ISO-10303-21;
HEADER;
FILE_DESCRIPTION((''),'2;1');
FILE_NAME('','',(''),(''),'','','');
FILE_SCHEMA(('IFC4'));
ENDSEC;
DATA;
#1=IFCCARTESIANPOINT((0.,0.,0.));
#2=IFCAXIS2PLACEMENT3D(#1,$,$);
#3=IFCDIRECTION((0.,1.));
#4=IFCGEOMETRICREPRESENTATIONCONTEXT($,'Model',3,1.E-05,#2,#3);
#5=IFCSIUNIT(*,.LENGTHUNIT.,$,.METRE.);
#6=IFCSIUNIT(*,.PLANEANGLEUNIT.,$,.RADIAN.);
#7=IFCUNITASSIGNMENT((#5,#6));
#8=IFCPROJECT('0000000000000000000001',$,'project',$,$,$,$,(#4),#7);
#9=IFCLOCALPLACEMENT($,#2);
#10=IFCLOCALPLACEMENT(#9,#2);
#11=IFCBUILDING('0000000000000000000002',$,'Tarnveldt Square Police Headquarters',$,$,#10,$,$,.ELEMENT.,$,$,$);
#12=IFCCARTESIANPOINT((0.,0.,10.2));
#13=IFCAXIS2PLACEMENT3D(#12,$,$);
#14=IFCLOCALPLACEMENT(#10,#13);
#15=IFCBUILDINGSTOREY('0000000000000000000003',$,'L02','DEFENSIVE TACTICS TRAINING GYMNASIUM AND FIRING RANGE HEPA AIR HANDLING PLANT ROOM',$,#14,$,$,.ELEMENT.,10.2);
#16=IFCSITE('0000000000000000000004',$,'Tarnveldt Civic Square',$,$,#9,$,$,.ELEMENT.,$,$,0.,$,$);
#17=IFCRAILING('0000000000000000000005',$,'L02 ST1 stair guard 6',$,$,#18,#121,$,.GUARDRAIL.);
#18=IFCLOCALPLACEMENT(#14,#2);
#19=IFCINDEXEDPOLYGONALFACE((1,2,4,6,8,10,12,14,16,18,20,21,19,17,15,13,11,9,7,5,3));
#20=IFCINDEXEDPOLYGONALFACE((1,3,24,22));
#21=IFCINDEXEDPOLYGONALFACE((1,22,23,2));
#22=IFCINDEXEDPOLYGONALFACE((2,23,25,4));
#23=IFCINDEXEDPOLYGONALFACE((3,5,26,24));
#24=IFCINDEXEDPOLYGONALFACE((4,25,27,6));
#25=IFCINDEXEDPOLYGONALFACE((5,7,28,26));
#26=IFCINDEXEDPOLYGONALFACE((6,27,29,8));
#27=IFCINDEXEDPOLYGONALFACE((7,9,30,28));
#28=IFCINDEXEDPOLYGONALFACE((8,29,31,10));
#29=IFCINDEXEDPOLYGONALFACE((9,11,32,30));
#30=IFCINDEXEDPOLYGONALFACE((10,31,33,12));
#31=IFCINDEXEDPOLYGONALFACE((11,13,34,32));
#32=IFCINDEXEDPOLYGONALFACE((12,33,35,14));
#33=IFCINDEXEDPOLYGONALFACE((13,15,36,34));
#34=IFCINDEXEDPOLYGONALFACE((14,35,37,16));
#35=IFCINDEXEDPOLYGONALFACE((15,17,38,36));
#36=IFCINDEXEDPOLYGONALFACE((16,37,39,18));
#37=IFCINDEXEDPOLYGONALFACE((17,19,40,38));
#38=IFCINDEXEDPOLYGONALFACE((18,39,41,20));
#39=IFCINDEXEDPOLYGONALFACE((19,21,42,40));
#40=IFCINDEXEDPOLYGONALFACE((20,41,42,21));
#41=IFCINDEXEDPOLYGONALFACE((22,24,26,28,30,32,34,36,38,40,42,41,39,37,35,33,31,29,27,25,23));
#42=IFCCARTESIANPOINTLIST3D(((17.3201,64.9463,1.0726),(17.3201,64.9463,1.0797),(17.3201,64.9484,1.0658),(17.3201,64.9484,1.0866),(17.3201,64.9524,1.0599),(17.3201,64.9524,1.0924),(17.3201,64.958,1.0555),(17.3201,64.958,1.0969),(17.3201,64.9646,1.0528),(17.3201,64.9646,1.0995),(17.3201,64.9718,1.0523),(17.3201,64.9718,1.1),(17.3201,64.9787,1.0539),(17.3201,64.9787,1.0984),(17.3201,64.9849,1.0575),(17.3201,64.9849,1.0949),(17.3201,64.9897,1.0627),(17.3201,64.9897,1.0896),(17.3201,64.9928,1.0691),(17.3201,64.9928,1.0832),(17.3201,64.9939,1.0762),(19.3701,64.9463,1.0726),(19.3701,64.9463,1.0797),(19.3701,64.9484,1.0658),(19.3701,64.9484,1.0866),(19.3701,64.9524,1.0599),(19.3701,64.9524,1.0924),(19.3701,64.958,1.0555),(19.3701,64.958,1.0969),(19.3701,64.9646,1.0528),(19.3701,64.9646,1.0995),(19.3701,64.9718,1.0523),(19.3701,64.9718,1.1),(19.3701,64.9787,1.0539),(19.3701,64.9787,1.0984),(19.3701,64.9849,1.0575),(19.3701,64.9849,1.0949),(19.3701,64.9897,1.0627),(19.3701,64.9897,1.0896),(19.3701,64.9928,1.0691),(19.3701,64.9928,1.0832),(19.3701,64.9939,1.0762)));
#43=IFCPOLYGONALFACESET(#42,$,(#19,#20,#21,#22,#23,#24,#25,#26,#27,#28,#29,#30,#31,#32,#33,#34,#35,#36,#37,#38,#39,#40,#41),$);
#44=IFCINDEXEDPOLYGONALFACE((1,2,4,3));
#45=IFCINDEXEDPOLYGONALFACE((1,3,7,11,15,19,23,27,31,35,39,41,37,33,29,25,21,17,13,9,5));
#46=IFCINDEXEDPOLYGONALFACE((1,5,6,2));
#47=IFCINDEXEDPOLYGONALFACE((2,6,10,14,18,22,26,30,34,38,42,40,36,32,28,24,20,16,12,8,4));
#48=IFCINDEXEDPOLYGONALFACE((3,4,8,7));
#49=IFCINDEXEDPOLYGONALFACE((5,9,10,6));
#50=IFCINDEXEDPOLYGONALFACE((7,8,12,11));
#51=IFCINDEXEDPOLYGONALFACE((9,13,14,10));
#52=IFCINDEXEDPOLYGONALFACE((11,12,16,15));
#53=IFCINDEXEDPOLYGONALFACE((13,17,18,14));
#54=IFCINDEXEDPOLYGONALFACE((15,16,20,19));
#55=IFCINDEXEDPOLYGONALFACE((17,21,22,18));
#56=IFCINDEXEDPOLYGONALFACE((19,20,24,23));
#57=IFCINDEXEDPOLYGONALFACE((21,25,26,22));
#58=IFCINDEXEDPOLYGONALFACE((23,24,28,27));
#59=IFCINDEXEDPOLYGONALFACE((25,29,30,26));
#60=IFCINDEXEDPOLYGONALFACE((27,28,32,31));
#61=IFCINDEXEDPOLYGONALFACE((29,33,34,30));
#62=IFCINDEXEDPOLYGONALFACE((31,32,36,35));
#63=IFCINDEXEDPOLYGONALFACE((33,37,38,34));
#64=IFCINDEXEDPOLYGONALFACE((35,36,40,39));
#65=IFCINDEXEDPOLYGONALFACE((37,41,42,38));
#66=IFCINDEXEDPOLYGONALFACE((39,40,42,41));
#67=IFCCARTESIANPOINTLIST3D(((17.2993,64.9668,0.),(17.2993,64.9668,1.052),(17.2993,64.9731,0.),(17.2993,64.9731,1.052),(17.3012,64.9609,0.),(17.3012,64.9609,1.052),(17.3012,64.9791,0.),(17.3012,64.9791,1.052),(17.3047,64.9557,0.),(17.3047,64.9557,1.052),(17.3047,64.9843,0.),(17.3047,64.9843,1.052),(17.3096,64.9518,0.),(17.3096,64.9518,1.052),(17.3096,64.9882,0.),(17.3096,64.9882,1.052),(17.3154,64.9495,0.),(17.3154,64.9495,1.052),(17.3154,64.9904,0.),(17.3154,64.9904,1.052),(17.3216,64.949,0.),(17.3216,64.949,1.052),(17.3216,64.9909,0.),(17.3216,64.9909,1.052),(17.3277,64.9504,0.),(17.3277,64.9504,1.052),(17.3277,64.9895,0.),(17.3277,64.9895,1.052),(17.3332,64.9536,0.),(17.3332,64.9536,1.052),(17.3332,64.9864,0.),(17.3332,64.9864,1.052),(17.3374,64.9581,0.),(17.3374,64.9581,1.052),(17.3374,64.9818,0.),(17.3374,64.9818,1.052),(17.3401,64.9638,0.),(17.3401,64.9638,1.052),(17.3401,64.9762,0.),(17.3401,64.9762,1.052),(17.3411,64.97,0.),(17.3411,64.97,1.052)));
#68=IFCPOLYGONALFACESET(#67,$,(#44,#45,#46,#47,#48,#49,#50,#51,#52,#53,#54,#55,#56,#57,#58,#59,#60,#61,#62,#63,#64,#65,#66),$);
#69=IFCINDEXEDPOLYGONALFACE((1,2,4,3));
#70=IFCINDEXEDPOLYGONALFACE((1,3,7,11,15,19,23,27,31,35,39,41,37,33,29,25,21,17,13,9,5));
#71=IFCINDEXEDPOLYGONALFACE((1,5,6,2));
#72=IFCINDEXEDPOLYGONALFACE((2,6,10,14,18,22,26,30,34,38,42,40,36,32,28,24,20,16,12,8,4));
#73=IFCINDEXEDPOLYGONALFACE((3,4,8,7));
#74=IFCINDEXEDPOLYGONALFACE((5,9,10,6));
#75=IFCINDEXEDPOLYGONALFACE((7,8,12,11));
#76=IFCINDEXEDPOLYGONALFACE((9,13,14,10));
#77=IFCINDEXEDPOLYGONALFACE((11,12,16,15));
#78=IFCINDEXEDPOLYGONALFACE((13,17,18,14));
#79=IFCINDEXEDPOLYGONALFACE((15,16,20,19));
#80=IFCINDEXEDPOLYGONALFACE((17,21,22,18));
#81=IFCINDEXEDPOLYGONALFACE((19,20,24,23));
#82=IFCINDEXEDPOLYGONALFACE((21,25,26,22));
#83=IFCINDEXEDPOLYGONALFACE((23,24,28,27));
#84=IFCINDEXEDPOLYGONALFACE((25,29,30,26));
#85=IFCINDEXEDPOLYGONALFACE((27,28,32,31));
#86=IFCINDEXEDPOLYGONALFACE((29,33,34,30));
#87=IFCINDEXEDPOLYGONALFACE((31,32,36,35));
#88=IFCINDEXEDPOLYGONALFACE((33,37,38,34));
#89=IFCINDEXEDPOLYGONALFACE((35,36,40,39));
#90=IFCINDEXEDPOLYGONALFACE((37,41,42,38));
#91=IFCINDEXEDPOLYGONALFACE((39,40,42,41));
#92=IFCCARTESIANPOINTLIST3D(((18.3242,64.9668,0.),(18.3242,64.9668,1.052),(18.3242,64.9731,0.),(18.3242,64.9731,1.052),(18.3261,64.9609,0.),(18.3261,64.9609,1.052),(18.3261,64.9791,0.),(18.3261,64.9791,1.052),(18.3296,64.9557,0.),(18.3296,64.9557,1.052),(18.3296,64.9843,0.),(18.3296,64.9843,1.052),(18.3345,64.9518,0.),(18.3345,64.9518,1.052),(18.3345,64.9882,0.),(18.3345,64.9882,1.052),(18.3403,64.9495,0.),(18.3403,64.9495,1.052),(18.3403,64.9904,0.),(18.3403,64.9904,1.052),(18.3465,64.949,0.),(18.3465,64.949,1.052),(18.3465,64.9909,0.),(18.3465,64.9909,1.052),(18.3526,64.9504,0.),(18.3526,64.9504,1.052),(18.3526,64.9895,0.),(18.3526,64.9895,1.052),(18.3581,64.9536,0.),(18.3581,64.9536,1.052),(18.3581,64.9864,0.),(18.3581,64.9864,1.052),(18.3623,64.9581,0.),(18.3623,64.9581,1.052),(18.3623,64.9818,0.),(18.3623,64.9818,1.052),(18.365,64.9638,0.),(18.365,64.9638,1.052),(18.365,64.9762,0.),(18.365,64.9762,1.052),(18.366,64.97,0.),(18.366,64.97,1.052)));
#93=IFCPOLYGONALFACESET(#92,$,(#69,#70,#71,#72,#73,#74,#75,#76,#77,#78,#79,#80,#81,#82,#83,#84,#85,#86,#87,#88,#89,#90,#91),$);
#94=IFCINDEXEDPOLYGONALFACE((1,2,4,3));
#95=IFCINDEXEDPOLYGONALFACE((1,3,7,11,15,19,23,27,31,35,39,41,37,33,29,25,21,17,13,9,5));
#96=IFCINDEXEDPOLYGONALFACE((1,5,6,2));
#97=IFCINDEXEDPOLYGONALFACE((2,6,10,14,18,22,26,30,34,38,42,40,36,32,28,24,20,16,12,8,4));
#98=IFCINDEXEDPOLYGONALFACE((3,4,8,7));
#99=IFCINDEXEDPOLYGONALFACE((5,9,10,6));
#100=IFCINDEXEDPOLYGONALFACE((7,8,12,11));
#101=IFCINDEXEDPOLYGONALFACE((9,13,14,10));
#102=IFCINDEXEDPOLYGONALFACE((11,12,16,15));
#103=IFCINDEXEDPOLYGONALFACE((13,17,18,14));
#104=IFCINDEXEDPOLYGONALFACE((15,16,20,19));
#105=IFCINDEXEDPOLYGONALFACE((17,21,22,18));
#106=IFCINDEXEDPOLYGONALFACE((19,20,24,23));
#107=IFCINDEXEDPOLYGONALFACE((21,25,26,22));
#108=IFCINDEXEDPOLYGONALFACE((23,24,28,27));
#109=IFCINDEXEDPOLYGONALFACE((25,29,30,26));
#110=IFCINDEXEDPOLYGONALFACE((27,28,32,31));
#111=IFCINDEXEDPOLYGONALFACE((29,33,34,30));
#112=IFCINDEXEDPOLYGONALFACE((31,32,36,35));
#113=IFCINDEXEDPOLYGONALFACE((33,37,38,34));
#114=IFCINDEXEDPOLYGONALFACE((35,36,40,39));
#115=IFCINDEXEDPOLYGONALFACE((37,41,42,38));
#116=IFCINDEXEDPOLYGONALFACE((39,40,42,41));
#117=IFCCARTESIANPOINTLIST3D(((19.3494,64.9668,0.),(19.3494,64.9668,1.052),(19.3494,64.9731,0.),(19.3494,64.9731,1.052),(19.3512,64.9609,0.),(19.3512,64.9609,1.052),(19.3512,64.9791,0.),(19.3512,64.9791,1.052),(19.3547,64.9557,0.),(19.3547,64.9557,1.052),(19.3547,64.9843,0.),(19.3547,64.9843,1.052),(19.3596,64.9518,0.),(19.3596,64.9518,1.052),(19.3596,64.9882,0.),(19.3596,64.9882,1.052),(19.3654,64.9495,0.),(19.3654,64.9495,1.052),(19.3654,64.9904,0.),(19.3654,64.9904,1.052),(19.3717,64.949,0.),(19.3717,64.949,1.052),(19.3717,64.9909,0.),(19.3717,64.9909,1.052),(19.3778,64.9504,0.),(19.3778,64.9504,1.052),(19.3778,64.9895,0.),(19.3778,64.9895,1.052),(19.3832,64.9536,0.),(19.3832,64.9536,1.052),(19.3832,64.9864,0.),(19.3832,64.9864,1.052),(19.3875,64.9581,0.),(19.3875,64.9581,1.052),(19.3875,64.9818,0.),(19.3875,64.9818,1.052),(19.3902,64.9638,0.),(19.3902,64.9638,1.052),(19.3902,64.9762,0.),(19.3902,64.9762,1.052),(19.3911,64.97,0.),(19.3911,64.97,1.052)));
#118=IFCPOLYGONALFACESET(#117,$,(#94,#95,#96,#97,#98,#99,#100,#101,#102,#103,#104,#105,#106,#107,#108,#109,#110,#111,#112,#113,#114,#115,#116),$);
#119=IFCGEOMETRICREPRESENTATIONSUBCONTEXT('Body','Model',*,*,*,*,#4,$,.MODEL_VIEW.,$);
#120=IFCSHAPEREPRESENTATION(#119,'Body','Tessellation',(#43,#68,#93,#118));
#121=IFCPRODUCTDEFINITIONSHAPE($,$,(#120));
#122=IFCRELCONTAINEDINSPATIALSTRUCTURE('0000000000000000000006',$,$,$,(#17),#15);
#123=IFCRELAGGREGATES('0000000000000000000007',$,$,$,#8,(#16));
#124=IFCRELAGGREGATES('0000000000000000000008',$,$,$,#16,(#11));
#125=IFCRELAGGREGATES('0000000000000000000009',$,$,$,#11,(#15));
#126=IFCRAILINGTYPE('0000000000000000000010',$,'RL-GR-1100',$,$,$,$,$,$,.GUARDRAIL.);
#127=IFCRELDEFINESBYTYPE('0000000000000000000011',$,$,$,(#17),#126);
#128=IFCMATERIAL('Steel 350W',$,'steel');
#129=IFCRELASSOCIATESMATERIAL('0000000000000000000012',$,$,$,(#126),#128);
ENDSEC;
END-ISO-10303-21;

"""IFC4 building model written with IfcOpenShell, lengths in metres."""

from ifc_helpers import new_model, si_unit, direction, frame, origin, origin_2d, place, context, subcontext, project, spatial, circle, extrude, material, type_object, element, save


model = new_model("IFC4")

# Units and contexts
model_context = context("Model", 3, precision=1e-05, world=origin(), true_north=direction((0.0, 1.0)))
body_context = subcontext(model_context, "Body", "Model", "MODEL_VIEW")
ifc_project = project(units=[si_unit("LENGTHUNIT", "METRE"), si_unit("PLANEANGLEUNIT", "RADIAN")], contexts=[model_context])

# Site, building, storey
site_placement = place(None, origin())
site = spatial("IfcSite", under=ifc_project, at=site_placement, Name="Tarnveldt Civic Square", CompositionType="ELEMENT", RefElevation=0.0)
building_placement = place(site_placement, origin())
building = spatial("IfcBuilding", under=site, at=building_placement, Name="Tarnveldt Square Police Headquarters", CompositionType="ELEMENT")
storey_placement = place(building_placement, frame((0.0, 0.0, 10.2)))
storey = spatial("IfcBuildingStorey", under=building, at=storey_placement, Name="L02", Description="DEFENSIVE TACTICS TRAINING GYMNASIUM AND FIRING RANGE HEPA AIR HANDLING PLANT ROOM", CompositionType="ELEMENT", Elevation=10.2)

# Shared definitions
ifc_material_1 = material(Name="Steel 350W", Category="steel")

# Railing
railing_type_1 = type_object("IfcRailingType", Name="RL-GR-1100", PredefinedType="GUARDRAIL", material=ifc_material_1)
railing_1_placement = place(storey_placement, frame((17.3201, 64.97, 0.0)))
element("IfcRailing", 1, at=railing_1_placement, inside=storey, type_object=railing_type_1, Name="L02 ST1 stair guard 6", PredefinedType="GUARDRAIL", context=body_context, shape_type="SweptSolid", body=[
    extrude(circle(Radius=0.0239, at=origin_2d()), frame((0.0, 0.0, 1.0762), z_axis=(1.0, 0.0, 0.0), x_axis=(0.0, 1.0, 0.0)), (0.0, 0.0, 1.0), 2.05),
    extrude(circle(Radius=0.021, at=origin_2d()), origin(), (0.0, 0.0, 1.0), 1.052),
    extrude(circle(Radius=0.021, at=origin_2d()), frame((1.0249, 0.0, 0.0)), (0.0, 0.0, 1.0), 1.052),
    extrude(circle(Radius=0.021, at=origin_2d()), frame((2.05, 0.0, 0.0)), (0.0, 0.0, 1.0), 1.052),
])

save(model, "model.ifc")
